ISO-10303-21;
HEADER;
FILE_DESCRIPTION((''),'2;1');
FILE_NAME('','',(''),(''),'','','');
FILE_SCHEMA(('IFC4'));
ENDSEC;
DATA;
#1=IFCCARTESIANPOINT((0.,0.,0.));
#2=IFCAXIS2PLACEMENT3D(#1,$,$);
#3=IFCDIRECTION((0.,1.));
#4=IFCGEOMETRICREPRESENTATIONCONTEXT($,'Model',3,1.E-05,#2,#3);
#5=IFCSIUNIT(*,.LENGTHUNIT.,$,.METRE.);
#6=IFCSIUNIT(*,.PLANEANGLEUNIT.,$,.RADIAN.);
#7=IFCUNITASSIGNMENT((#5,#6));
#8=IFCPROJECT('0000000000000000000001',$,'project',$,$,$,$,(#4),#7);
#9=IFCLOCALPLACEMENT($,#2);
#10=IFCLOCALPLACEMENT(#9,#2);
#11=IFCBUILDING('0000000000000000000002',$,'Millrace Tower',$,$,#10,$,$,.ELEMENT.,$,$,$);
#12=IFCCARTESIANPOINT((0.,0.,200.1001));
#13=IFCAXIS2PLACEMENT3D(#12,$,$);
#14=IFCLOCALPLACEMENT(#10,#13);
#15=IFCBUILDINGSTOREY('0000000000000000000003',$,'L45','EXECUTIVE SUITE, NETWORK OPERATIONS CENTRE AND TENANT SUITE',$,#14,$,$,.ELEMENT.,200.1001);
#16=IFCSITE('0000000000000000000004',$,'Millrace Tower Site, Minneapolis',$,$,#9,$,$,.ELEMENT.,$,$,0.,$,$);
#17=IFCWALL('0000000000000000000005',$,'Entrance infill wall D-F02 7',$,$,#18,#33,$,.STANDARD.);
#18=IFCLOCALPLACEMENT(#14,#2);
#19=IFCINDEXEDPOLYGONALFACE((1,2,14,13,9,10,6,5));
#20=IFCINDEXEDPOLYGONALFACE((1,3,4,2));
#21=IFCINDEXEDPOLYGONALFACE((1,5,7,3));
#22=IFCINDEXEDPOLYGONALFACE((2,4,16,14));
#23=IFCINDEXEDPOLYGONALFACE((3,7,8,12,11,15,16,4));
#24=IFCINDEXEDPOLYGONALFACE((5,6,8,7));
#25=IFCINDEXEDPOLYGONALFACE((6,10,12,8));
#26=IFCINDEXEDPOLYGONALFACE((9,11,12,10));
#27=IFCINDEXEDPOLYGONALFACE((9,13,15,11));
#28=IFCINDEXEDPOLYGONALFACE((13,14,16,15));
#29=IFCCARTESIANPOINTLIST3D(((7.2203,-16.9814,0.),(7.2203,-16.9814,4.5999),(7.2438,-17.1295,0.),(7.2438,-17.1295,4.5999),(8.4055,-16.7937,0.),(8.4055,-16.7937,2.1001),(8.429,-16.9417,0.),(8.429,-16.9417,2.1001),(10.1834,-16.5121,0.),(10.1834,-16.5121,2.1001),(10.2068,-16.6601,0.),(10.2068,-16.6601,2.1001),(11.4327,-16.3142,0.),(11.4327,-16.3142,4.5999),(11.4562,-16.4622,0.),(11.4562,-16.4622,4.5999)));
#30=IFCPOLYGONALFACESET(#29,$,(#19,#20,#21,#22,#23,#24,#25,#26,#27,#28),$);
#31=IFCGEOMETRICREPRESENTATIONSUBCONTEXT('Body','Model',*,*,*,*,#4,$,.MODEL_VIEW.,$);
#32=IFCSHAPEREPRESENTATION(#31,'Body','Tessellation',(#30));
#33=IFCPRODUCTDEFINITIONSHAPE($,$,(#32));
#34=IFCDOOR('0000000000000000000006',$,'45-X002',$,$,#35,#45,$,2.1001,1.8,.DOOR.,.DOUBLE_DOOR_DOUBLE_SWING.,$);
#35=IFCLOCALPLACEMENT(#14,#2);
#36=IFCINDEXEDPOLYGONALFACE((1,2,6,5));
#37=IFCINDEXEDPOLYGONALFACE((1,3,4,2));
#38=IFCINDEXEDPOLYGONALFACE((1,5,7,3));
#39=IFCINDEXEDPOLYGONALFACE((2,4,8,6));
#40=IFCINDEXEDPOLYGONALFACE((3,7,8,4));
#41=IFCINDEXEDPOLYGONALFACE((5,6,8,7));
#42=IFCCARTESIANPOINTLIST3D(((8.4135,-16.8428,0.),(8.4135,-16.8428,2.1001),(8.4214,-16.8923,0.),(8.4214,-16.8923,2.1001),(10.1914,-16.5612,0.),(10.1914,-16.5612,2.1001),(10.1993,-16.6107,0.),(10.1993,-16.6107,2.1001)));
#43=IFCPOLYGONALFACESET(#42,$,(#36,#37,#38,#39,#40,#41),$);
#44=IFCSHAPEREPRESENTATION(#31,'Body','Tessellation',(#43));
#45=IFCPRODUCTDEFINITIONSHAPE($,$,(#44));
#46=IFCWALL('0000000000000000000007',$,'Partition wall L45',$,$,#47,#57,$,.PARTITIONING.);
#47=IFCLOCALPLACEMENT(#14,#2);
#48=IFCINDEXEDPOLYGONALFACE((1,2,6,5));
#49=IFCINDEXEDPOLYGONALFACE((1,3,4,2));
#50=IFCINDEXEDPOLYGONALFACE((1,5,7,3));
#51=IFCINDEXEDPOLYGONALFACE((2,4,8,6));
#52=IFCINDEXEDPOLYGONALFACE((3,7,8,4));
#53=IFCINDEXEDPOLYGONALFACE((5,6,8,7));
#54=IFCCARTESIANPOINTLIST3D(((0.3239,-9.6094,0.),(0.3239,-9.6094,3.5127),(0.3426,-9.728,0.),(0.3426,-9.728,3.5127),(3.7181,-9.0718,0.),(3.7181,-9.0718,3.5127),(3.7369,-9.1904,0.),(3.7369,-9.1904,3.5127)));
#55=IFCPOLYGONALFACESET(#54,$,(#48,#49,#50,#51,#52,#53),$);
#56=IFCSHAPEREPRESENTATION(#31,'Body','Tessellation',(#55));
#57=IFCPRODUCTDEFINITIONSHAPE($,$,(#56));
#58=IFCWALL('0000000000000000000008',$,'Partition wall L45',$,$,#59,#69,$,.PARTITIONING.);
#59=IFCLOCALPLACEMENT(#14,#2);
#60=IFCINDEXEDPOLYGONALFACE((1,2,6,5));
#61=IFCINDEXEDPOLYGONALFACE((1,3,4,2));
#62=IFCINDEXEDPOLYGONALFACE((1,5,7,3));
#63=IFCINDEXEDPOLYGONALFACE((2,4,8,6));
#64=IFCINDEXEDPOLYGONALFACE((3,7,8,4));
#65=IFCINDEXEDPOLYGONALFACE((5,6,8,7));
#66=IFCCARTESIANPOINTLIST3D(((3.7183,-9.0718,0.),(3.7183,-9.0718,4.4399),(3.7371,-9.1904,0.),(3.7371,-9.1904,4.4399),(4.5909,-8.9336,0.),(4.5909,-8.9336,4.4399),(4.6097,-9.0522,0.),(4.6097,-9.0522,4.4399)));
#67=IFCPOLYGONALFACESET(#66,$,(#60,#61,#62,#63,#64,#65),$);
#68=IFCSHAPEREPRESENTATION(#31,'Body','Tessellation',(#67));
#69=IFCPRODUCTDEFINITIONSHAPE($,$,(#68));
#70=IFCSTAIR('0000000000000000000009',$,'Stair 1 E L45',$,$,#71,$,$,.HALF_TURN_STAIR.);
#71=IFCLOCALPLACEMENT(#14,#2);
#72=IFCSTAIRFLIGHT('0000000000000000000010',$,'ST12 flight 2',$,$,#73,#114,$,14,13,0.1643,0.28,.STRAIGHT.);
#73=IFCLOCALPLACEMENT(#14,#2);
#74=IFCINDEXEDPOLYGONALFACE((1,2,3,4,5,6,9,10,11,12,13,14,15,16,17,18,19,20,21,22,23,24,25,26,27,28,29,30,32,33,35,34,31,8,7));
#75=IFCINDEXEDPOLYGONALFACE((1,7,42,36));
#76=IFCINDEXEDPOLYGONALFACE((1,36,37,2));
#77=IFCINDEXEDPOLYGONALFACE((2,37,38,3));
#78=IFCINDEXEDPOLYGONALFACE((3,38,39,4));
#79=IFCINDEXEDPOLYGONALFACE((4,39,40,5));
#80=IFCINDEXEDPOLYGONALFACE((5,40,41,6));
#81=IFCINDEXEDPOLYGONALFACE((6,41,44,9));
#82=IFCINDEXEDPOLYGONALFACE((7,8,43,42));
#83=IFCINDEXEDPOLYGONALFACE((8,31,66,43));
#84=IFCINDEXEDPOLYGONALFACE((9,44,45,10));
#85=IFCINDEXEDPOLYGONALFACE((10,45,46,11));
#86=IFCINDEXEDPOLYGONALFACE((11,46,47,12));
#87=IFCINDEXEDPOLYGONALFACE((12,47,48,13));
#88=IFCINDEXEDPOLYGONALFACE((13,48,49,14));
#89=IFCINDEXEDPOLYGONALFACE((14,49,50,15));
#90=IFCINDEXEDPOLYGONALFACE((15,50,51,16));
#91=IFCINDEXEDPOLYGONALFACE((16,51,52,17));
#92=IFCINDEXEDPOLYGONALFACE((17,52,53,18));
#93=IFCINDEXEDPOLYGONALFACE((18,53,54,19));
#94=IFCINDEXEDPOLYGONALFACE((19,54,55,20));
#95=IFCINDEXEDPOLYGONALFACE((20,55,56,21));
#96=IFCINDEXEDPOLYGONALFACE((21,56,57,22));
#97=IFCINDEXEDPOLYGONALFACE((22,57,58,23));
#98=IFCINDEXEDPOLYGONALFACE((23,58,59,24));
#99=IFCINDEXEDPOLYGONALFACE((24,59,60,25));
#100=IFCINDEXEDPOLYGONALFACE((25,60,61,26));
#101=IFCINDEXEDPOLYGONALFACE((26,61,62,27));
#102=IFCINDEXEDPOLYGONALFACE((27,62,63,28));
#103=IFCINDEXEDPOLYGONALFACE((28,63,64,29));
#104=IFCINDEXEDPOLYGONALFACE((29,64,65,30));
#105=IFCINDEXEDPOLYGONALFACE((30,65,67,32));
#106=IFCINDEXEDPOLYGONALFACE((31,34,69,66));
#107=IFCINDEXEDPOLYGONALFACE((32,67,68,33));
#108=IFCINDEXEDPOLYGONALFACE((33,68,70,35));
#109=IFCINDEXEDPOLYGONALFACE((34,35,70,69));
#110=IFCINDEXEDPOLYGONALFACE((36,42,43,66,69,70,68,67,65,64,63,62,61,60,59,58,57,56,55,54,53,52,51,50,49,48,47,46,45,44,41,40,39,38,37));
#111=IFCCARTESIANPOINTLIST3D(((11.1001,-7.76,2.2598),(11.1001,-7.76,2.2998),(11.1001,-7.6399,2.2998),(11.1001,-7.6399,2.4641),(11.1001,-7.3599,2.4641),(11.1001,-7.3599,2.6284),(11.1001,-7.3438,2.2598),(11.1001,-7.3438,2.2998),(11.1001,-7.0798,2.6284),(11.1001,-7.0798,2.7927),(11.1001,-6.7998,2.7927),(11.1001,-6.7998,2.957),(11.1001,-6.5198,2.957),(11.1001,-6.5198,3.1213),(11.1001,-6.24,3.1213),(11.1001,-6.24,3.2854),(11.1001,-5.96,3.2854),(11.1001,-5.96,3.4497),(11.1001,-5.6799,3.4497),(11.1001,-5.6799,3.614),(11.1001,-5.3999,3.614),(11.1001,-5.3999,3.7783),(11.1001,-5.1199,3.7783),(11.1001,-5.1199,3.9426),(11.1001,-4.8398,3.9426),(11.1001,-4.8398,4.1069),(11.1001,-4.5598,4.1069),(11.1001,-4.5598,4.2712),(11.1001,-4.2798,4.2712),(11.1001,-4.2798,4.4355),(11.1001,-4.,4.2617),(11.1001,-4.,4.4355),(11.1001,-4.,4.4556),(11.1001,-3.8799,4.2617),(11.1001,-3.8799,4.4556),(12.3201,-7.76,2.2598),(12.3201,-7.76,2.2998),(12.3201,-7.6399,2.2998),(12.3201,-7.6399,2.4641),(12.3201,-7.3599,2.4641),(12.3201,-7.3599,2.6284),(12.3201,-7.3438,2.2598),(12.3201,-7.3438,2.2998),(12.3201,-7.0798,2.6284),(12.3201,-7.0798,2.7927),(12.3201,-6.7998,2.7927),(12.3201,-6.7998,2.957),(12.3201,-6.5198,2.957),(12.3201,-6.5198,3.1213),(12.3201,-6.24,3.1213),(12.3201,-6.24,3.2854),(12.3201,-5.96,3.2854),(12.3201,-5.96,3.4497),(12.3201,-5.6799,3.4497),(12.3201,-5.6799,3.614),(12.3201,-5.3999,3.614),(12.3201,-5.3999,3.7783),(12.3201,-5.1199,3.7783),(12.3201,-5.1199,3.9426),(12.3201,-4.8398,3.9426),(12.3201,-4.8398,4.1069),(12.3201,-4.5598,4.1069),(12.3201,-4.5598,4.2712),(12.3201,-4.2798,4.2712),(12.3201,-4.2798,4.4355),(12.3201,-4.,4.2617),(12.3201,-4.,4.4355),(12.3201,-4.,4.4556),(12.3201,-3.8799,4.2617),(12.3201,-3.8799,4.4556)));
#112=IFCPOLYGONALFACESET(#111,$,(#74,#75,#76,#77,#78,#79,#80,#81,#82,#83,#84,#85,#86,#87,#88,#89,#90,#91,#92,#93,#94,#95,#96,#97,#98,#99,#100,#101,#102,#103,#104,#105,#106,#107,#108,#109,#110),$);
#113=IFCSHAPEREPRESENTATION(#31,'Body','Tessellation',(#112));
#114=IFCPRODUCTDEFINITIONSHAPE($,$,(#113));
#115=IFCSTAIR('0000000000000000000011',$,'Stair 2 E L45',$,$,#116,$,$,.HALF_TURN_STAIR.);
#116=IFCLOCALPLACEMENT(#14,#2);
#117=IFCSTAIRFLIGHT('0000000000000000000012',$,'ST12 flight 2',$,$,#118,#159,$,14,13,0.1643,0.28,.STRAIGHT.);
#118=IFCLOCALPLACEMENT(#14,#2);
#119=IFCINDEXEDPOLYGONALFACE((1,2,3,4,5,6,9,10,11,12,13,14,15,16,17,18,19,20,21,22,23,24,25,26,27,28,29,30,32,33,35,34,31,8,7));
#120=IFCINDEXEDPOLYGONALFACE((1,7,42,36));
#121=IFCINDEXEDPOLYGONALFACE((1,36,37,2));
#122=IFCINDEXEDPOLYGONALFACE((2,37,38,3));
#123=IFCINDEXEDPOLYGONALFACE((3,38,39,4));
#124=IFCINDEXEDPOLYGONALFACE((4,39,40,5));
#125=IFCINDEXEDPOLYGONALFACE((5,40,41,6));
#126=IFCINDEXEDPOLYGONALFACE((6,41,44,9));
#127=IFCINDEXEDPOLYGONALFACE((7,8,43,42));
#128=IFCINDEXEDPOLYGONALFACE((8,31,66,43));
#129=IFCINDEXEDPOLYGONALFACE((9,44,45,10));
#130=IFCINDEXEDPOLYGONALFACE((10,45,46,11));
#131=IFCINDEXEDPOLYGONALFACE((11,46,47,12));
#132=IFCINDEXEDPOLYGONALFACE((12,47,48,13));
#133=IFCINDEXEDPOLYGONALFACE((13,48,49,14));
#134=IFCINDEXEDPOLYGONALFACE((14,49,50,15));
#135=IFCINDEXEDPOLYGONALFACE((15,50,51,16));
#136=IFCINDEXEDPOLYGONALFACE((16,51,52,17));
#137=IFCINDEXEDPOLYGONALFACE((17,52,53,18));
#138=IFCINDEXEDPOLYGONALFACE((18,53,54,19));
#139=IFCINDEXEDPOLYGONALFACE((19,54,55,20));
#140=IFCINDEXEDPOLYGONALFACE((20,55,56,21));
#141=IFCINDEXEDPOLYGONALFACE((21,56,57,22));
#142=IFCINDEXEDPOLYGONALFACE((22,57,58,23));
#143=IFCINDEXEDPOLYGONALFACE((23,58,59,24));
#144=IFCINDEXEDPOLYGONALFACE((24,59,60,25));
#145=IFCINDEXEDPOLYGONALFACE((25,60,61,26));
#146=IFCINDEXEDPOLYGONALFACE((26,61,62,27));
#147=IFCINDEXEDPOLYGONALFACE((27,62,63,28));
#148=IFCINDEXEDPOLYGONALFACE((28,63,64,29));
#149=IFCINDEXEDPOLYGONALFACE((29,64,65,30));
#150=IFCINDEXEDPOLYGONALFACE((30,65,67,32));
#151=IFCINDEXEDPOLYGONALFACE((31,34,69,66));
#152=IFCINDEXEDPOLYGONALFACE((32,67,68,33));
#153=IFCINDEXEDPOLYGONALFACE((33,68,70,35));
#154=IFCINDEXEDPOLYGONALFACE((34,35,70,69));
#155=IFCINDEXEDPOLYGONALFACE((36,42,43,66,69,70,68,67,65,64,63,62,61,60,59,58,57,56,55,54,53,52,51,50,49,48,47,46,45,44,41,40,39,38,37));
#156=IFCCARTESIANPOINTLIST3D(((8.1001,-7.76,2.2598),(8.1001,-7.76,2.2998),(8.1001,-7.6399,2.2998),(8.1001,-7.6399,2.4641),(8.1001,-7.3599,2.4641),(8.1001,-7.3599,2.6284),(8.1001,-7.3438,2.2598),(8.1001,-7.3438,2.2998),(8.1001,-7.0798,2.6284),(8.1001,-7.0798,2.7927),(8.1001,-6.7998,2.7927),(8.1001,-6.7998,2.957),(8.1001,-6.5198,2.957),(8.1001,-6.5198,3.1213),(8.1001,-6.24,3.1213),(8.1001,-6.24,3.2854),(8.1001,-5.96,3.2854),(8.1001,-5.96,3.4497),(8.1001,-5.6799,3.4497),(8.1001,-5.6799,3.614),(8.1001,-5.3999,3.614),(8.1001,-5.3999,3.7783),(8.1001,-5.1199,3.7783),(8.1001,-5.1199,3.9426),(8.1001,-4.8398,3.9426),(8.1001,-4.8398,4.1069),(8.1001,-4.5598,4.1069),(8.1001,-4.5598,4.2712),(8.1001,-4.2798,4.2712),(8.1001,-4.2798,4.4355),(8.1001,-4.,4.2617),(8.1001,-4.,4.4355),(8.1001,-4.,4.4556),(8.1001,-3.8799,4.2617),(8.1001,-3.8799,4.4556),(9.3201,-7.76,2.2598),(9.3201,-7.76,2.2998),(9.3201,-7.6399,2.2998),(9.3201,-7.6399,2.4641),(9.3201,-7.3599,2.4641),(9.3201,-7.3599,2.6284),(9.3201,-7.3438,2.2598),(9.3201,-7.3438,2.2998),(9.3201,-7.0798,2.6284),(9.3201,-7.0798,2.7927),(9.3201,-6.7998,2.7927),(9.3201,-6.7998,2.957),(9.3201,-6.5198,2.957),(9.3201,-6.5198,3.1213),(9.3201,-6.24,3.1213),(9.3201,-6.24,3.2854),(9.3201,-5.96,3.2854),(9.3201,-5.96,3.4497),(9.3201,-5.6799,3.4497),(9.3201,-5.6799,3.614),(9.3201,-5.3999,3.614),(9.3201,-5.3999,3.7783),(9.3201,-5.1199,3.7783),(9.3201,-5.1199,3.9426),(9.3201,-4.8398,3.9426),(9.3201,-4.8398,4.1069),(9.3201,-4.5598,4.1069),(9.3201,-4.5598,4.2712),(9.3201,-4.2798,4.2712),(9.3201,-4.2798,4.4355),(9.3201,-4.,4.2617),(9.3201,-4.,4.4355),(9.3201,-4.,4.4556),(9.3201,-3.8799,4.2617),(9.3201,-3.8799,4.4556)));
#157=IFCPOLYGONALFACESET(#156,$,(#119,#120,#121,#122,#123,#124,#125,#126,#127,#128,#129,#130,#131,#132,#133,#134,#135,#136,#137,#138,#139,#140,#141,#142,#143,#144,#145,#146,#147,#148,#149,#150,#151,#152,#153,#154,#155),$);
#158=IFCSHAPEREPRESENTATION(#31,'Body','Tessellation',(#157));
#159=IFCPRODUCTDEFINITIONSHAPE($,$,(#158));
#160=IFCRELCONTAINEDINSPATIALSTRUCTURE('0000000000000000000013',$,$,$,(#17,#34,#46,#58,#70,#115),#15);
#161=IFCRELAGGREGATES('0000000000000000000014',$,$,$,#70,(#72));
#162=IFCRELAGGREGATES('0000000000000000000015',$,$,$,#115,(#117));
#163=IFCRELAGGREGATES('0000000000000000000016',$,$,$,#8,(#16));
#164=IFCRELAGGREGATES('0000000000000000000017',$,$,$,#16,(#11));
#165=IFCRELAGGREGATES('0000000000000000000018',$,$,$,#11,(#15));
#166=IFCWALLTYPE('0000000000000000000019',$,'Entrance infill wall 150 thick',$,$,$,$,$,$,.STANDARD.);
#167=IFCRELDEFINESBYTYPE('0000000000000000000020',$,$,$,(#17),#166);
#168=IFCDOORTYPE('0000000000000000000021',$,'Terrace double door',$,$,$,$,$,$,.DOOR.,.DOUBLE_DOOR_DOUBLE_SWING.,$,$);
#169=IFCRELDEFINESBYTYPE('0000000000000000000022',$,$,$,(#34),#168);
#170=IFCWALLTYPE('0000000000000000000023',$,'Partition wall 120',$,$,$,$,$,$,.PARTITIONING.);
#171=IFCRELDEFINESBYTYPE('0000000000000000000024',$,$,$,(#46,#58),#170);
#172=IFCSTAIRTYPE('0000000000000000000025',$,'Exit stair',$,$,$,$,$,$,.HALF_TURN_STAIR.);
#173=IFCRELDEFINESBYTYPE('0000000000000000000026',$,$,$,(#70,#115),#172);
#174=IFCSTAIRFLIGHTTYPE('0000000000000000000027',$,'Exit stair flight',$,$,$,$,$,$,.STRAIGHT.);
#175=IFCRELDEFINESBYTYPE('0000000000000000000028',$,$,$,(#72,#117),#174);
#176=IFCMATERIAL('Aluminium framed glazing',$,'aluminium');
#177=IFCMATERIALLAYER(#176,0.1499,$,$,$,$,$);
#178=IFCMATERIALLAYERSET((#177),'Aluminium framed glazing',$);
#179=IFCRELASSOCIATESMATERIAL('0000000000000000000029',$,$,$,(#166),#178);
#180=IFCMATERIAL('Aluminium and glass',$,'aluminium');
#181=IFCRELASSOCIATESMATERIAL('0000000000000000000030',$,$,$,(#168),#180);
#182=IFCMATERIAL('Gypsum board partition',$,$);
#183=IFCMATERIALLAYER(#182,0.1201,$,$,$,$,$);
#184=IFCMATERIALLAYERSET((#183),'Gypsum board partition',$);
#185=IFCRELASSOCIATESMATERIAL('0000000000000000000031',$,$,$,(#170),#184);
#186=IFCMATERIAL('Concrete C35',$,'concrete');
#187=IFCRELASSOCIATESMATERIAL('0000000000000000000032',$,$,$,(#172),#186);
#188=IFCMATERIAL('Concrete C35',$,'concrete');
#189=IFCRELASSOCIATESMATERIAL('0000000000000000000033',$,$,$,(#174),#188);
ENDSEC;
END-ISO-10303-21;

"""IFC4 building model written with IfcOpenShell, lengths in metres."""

from ifc_helpers import new_model, si_unit, direction, frame, frame_2d, origin, place, context, subcontext, project, spatial, polyline, rectangle, outline, extrude, material, layer, layer_set, type_object, element, fill, aggregate, save


model = new_model("IFC4")

# Units and contexts
model_context = context("Model", 3, precision=1e-05, world=origin(), true_north=direction((0.0, 1.0)))
body_context = subcontext(model_context, "Body", "Model", "MODEL_VIEW")
ifc_project = project(units=[si_unit("LENGTHUNIT", "METRE"), si_unit("PLANEANGLEUNIT", "RADIAN")], contexts=[model_context])

# Site, building, storey
site_placement = place(None, origin())
site = spatial("IfcSite", under=ifc_project, at=site_placement, Name="Millrace Tower Site, Minneapolis", CompositionType="ELEMENT", RefElevation=0.0)
building_placement = place(site_placement, origin())
building = spatial("IfcBuilding", under=site, at=building_placement, Name="Millrace Tower", CompositionType="ELEMENT")
storey_placement = place(building_placement, frame((0.0, 0.0, 200.1001)))
storey = spatial("IfcBuildingStorey", under=building, at=storey_placement, Name="L45", Description="EXECUTIVE SUITE, NETWORK OPERATIONS CENTRE AND TENANT SUITE", CompositionType="ELEMENT", Elevation=200.1001)

# Shared definitions
placement = place(storey_placement, origin())

# Wall, opening, door
ifc_material_1 = material(Name="Aluminium framed glazing", Category="aluminium")
ifc_layer_1 = layer(ifc_material_1, 0.1499)
ifc_layer_set_1 = layer_set([ifc_layer_1], Name="Aluminium framed glazing")
wall_type_1 = type_object("IfcWallType", Name="Entrance infill wall 150 thick", PredefinedType="STANDARD", material=ifc_layer_set_1)
wall_1_placement = place(storey_placement, frame((7.2322, -17.0554, 0.0), z_axis=(0.0, 0.0, 1.0), x_axis=(0.987686, 0.156448, 0.0)))
wall_1 = element("IfcWall", 1, at=wall_1_placement, inside=storey, type_object=wall_type_1, Name="Entrance infill wall D-F02 7", PredefinedType="STANDARD", context=body_context, shape_type="SweptSolid", body=[
    extrude(rectangle(XDim=4.2649, YDim=0.1499, at=frame_2d((2.1323, 0.0))), origin(), (0.0, 0.0, 1.0), 4.5999),
])
opening_placement = place(wall_1_placement, frame((1.2, 0.0, 0.0)))
opening = element("IfcOpeningElement", 2, at=opening_placement, cuts=wall_1, PredefinedType="OPENING", context=body_context, shape_type="SweptSolid", body=[
    extrude(rectangle(XDim=1.8, YDim=2.1001, at=frame_2d((0.8999, 1.05))), frame((0.0, 0.085, 0.0), z_axis=(0.0, -1.0, 0.0), x_axis=(1.0, 0.0, 0.0)), (0.0, 0.0, 1.0), 0.1699),
])
ifc_material_2 = material(Name="Aluminium and glass", Category="aluminium")
door_type = type_object("IfcDoorType", Name="Terrace double door", OperationType="DOUBLE_DOOR_DOUBLE_SWING", PredefinedType="DOOR", material=ifc_material_2)
door_placement = place(opening_placement, frame((1.8, 0.0, 0.0), z_axis=(0.0, 0.0, 1.0), x_axis=(-1.0, 0.0, 0.0)))
door = element("IfcDoor", 3, at=door_placement, inside=storey, type_object=door_type, Name="45-X002", OperationType="DOUBLE_DOOR_DOUBLE_SWING", OverallHeight=2.1001, OverallWidth=1.8, PredefinedType="DOOR", context=body_context, shape_type="SweptSolid", body=[
    extrude(rectangle(XDim=1.8, YDim=2.1001, at=frame_2d((0.8999, 1.05))), frame((0.0, 0.0249, 0.0), z_axis=(0.0, -1.0, 0.0), x_axis=(1.0, 0.0, 0.0)), (0.0, 0.0, 1.0), 0.05),
])
fill(opening, door)

# Walls
ifc_material_3 = material(Name="Gypsum board partition")
ifc_layer_2 = layer(ifc_material_3, 0.1201)
ifc_layer_set_2 = layer_set([ifc_layer_2], Name="Gypsum board partition")
wall_type_2 = type_object("IfcWallType", Name="Partition wall 120", PredefinedType="PARTITIONING", material=ifc_layer_set_2)
wall_2_placement = place(storey_placement, frame((0.3333, -9.6687, 0.0), z_axis=(0.0, 0.0, 1.0), x_axis=(0.987689, 0.156433, 0.0)))
element("IfcWall", 4, at=wall_2_placement, inside=storey, type_object=wall_type_2, Name="Partition wall L45", PredefinedType="PARTITIONING", context=body_context, shape_type="SweptSolid", body=[
    extrude(rectangle(XDim=3.4365, YDim=0.1201, at=frame_2d((1.7183, 0.0))), origin(), (0.0, 0.0, 1.0), 3.5127),
])
wall_3_placement = place(storey_placement, frame((3.7275, -9.1311, 0.0), z_axis=(0.0, 0.0, 1.0), x_axis=(0.987691, 0.156417, 0.0)))
element("IfcWall", 5, at=wall_3_placement, inside=storey, type_object=wall_type_2, Name="Partition wall L45", PredefinedType="PARTITIONING", context=body_context, shape_type="SweptSolid", body=[
    extrude(rectangle(XDim=0.8835, YDim=0.1201, at=frame_2d((0.4419, 0.0))), origin(), (0.0, 0.0, 1.0), 4.4399),
])

# Stairs, stair flights
ifc_material_4 = material(Name="Concrete C35", Category="concrete")
stair_type = type_object("IfcStairType", Name="Exit stair", PredefinedType="HALF_TURN_STAIR", material=ifc_material_4)
stair_1 = element("IfcStair", 6, at=placement, inside=storey, type_object=stair_type, Name="Stair 1 E L45", PredefinedType="HALF_TURN_STAIR")
ifc_material_5 = material(Name="Concrete C35", Category="concrete")
stair_flight_type = type_object("IfcStairFlightType", Name="Exit stair flight", PredefinedType="STRAIGHT", material=ifc_material_5)
stair_flight_1_placement = place(storey_placement, frame((11.71, -7.6399, 2.2998), z_axis=(0.0, 0.0, 1.0), x_axis=(0.0, 1.0, 0.0)))
stair_flight_1 = element("IfcStairFlight", 7, at=stair_flight_1_placement, type_object=stair_flight_type, Name="ST12 flight 2", NumberOfRisers=14, NumberOfTreads=13, PredefinedType="STRAIGHT", RiserHeight=0.1643, TreadLength=0.28, context=body_context, shape_type="SweptSolid", body=[
    extrude(outline(polyline([(-0.1201, -0.04), (-0.1201, 0.0), (0.0, 0.0), (0.0, 0.1643), (0.28, 0.1643), (0.28, 0.3286), (0.5601, 0.3286), (0.5601, 0.4929), (0.8401, 0.4929), (0.8401, 0.6572), (1.1201, 0.6572), (1.1201, 0.8215), (1.3999, 0.8215), (1.3999, 0.9856), (1.6799, 0.9856), (1.6799, 1.1499), (1.96, 1.1499), (1.96, 1.3142), (2.24, 1.3142), (2.24, 1.4785), (2.52, 1.4785), (2.52, 1.6428), (2.8, 1.6428), (2.8, 1.8071), (3.0801, 1.8071), (3.0801, 1.9714), (3.3601, 1.9714), (3.3601, 2.1357), (3.6399, 2.1357), (3.6399, 2.1558), (3.76, 2.1558), (3.76, 1.9619), (3.6399, 1.9619), (0.2961, 0.0), (0.2961, -0.04), (-0.1201, -0.04)])), frame((0.0, 0.6099, 0.0), z_axis=(0.0, -1.0, 0.0), x_axis=(1.0, 0.0, 0.0)), (0.0, 0.0, 1.0), 1.22),
])
aggregate(stair_1, [stair_flight_1])
stair_2 = element("IfcStair", 8, at=placement, inside=storey, type_object=stair_type, Name="Stair 2 E L45", PredefinedType="HALF_TURN_STAIR")
stair_flight_2_placement = place(storey_placement, frame((8.71, -7.6399, 2.2998), z_axis=(0.0, 0.0, 1.0), x_axis=(0.0, 1.0, 0.0)))
stair_flight_2 = element("IfcStairFlight", 9, at=stair_flight_2_placement, type_object=stair_flight_type, Name="ST12 flight 2", NumberOfRisers=14, NumberOfTreads=13, PredefinedType="STRAIGHT", RiserHeight=0.1643, TreadLength=0.28, context=body_context, shape_type="SweptSolid", body=[
    extrude(outline(polyline([(-0.1201, -0.04), (-0.1201, 0.0), (0.0, 0.0), (0.0, 0.1643), (0.28, 0.1643), (0.28, 0.3286), (0.5601, 0.3286), (0.5601, 0.4929), (0.8401, 0.4929), (0.8401, 0.6572), (1.1201, 0.6572), (1.1201, 0.8215), (1.3999, 0.8215), (1.3999, 0.9856), (1.6799, 0.9856), (1.6799, 1.1499), (1.96, 1.1499), (1.96, 1.3142), (2.24, 1.3142), (2.24, 1.4785), (2.52, 1.4785), (2.52, 1.6428), (2.8, 1.6428), (2.8, 1.8071), (3.0801, 1.8071), (3.0801, 1.9714), (3.3601, 1.9714), (3.3601, 2.1357), (3.6399, 2.1357), (3.6399, 2.1558), (3.76, 2.1558), (3.76, 1.9619), (3.6399, 1.9619), (0.2961, 0.0), (0.2961, -0.04), (-0.1201, -0.04)])), frame((0.0, 0.6099, 0.0), z_axis=(0.0, -1.0, 0.0), x_axis=(1.0, 0.0, 0.0)), (0.0, 0.0, 1.0), 1.22),
])
aggregate(stair_2, [stair_flight_2])

save(model, "model.ifc")
